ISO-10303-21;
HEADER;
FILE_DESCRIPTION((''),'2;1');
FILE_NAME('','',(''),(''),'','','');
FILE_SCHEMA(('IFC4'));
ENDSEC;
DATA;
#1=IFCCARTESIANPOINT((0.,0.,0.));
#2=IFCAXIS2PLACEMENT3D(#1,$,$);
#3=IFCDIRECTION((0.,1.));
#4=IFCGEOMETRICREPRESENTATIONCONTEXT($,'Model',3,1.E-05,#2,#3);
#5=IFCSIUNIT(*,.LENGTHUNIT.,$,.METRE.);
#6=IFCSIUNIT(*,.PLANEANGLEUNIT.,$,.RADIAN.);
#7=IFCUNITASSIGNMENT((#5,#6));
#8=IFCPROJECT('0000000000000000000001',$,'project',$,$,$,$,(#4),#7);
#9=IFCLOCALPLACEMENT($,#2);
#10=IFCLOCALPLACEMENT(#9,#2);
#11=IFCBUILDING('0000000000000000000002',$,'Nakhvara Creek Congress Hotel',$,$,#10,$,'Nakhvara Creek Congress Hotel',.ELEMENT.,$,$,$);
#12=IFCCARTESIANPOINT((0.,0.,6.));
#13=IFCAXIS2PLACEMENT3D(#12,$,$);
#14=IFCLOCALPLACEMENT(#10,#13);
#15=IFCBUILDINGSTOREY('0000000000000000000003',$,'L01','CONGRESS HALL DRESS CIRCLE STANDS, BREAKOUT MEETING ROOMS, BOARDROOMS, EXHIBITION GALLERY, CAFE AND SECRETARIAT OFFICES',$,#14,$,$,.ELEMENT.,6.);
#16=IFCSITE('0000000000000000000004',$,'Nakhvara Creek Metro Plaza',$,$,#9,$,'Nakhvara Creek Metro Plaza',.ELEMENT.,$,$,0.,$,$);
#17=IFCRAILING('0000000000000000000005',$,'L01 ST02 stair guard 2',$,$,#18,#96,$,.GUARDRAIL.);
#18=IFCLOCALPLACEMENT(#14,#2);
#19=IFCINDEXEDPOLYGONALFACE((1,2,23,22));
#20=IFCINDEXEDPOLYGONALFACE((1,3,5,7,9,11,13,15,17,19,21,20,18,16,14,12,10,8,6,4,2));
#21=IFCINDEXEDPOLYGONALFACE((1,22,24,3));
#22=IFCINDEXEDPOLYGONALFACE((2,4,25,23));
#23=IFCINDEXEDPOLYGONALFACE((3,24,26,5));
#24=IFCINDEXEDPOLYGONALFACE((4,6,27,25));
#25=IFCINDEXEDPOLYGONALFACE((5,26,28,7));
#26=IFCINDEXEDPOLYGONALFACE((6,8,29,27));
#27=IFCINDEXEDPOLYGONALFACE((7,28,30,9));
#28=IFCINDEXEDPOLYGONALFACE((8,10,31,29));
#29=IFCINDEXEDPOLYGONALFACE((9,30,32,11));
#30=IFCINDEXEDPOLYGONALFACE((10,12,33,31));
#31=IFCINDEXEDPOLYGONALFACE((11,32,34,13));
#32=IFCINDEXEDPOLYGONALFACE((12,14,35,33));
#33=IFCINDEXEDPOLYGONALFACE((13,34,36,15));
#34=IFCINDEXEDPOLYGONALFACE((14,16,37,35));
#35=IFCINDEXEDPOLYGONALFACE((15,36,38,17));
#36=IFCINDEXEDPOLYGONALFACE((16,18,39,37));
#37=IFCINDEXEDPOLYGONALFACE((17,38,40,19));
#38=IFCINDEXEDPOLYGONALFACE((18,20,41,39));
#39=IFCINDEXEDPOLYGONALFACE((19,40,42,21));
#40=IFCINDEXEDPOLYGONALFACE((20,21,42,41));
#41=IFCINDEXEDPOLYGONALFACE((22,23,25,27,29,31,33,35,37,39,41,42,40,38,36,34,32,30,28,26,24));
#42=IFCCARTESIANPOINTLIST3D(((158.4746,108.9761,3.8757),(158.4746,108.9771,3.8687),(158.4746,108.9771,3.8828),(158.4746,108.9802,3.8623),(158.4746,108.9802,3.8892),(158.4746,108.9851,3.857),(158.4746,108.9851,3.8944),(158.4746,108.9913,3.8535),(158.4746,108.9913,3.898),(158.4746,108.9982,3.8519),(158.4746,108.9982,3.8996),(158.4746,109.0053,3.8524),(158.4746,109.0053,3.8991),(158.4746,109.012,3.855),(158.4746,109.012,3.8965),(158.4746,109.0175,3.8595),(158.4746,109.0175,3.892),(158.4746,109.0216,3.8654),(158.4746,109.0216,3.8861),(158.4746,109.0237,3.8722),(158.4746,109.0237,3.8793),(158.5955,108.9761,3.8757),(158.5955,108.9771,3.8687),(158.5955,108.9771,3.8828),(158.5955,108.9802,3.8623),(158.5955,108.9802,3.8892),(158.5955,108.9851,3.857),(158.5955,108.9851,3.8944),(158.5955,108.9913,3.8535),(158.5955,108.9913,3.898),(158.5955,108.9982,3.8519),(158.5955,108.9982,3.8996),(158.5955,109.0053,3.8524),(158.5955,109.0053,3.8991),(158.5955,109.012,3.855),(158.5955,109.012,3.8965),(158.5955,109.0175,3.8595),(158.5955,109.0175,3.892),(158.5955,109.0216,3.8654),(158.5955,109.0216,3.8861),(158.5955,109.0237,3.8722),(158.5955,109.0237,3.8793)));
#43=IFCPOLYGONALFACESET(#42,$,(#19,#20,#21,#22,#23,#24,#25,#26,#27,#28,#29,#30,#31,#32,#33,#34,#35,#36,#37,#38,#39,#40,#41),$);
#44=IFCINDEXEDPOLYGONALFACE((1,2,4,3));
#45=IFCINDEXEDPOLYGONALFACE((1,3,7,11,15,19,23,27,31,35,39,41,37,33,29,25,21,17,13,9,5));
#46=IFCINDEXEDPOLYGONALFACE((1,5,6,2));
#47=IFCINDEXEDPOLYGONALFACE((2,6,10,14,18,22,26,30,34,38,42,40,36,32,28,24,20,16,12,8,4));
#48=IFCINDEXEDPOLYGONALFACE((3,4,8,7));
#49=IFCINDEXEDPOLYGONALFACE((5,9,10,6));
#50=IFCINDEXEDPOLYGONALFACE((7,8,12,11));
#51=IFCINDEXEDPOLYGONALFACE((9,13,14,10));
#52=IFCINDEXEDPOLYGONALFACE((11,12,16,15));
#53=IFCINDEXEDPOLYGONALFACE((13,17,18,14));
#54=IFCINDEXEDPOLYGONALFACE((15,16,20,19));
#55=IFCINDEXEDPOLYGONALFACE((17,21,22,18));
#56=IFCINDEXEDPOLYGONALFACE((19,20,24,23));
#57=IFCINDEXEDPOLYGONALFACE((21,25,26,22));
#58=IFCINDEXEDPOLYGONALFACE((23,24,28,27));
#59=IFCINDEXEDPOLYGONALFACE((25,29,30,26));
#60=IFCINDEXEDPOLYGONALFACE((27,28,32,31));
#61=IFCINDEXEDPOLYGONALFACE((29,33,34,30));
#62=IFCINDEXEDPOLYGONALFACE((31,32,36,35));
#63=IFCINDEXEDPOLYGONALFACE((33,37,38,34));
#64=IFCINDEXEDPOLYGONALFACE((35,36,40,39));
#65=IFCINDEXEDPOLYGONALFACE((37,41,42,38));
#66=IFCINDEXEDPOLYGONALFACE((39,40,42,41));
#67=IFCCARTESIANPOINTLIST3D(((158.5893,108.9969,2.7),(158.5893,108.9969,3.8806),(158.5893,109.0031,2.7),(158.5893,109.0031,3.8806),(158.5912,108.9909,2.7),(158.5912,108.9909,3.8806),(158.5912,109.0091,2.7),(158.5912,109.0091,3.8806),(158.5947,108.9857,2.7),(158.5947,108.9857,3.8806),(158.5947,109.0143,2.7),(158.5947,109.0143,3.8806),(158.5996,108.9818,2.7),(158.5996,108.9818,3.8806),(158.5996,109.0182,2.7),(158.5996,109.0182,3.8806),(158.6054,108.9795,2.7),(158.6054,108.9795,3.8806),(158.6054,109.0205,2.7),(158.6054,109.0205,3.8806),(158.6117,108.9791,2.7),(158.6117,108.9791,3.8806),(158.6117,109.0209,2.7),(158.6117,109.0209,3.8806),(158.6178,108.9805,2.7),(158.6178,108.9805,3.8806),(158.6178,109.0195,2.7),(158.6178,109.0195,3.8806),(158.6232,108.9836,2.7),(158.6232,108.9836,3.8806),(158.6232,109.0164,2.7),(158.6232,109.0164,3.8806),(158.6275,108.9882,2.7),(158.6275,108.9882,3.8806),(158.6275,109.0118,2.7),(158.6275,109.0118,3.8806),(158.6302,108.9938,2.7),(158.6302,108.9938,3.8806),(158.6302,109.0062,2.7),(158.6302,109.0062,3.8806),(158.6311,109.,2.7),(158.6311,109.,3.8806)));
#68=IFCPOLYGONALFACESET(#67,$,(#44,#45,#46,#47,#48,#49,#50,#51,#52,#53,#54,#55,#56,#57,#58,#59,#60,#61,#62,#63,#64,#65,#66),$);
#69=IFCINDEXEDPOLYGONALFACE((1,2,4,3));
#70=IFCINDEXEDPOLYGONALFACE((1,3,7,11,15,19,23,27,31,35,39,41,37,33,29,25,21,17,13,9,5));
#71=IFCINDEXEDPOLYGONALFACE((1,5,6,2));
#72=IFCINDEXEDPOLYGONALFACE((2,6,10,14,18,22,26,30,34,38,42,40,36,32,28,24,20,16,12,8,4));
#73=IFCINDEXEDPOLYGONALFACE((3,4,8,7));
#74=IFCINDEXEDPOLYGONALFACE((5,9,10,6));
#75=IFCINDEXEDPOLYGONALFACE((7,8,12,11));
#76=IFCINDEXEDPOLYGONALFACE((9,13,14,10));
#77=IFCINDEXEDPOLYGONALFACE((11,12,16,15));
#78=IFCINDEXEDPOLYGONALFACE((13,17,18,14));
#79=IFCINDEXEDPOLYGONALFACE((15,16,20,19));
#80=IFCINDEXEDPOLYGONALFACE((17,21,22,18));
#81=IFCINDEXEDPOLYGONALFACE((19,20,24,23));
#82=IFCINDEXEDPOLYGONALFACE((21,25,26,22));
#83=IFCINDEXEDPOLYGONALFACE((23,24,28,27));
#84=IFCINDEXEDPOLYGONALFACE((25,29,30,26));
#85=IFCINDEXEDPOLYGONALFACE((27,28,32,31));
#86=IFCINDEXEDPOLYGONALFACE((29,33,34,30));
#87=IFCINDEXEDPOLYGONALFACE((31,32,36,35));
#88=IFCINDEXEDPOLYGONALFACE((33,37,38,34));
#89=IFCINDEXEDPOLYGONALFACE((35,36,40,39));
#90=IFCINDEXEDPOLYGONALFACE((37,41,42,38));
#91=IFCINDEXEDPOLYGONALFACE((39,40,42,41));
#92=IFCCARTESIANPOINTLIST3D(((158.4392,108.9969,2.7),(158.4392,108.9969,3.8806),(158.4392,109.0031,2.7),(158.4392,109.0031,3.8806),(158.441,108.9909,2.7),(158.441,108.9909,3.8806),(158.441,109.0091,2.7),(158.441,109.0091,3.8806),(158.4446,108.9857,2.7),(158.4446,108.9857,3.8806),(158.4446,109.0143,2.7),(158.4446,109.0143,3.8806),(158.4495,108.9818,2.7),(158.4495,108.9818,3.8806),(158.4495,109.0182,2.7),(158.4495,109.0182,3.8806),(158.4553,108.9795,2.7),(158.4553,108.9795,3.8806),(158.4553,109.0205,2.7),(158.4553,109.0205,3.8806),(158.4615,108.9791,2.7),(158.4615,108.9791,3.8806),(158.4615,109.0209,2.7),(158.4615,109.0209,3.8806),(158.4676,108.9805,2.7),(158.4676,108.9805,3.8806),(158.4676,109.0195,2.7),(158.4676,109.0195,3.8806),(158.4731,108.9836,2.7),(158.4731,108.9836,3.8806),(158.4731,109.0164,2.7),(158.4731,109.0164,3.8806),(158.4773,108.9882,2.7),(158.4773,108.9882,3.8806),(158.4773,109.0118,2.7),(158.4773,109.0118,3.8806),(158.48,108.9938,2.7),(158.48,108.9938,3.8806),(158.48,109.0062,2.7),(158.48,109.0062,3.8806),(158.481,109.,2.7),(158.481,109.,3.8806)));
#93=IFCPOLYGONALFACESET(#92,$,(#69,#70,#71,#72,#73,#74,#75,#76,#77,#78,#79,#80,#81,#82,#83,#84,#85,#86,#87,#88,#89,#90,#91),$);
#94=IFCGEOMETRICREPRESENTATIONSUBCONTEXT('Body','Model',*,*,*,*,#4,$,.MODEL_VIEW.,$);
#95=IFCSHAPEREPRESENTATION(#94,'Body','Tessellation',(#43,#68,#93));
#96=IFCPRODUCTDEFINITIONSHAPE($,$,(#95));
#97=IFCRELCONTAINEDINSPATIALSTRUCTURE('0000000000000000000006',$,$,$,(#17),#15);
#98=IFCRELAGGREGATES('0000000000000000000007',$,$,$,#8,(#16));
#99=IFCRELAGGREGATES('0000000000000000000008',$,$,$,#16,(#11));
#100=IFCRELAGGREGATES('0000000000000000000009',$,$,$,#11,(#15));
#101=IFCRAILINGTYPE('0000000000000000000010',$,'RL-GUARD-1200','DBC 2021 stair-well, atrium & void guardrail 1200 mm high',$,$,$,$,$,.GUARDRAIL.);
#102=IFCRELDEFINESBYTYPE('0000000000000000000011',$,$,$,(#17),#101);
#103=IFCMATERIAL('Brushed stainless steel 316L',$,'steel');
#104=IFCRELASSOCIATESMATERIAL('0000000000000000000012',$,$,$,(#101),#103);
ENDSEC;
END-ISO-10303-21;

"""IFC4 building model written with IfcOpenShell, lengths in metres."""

from ifc_helpers import new_model, si_unit, direction, frame, origin, origin_2d, place, context, subcontext, project, spatial, circle, extrude, material, type_object, element, save


model = new_model("IFC4")

# Units and contexts
model_context = context("Model", 3, precision=1e-05, world=origin(), true_north=direction((0.0, 1.0)))
body_context = subcontext(model_context, "Body", "Model", "MODEL_VIEW")
ifc_project = project(units=[si_unit("LENGTHUNIT", "METRE"), si_unit("PLANEANGLEUNIT", "RADIAN")], contexts=[model_context])

# Site, building, storey
site_placement = place(None, origin())
site = spatial("IfcSite", under=ifc_project, at=site_placement, Name="Nakhvara Creek Metro Plaza", LongName="Nakhvara Creek Metro Plaza", CompositionType="ELEMENT", RefElevation=0.0)
building_placement = place(site_placement, origin())
building = spatial("IfcBuilding", under=site, at=building_placement, Name="Nakhvara Creek Congress Hotel", LongName="Nakhvara Creek Congress Hotel", CompositionType="ELEMENT")
storey_placement = place(building_placement, frame((0.0, 0.0, 6.0)))
storey = spatial("IfcBuildingStorey", under=building, at=storey_placement, Name="L01", Description="CONGRESS HALL DRESS CIRCLE STANDS, BREAKOUT MEETING ROOMS, BOARDROOMS, EXHIBITION GALLERY, CAFE AND SECRETARIAT OFFICES", CompositionType="ELEMENT", Elevation=6.0)

# Railing
ifc_material_1 = material(Name="Brushed stainless steel 316L", Category="steel")
railing_type_1 = type_object("IfcRailingType", Name="RL-GUARD-1200", Description="DBC 2021 stair-well, atrium & void guardrail 1200 mm high", PredefinedType="GUARDRAIL", material=ifc_material_1)
railing_1_placement = place(storey_placement, frame((158.6101, 109.0, 2.7)))
element("IfcRailing", 1, at=railing_1_placement, inside=storey, type_object=railing_type_1, Name="L01 ST02 stair guard 2", PredefinedType="GUARDRAIL", context=body_context, shape_type="SweptSolid", body=[
    extrude(circle(Radius=0.0239, at=origin_2d()), frame((-0.0146, 0.0, 1.1758), z_axis=(-1.0, 0.0, 0.0), x_axis=(0.0, -1.0, 0.0)), (0.0, 0.0, 1.0), 0.1208),
    extrude(circle(Radius=0.021, at=origin_2d()), origin(), (0.0, 0.0, 1.0), 1.1807),
    extrude(circle(Radius=0.021, at=origin_2d()), frame((-0.1501, 0.0, 0.0)), (0.0, 0.0, 1.0), 1.1807),
])

save(model, "model.ifc")
